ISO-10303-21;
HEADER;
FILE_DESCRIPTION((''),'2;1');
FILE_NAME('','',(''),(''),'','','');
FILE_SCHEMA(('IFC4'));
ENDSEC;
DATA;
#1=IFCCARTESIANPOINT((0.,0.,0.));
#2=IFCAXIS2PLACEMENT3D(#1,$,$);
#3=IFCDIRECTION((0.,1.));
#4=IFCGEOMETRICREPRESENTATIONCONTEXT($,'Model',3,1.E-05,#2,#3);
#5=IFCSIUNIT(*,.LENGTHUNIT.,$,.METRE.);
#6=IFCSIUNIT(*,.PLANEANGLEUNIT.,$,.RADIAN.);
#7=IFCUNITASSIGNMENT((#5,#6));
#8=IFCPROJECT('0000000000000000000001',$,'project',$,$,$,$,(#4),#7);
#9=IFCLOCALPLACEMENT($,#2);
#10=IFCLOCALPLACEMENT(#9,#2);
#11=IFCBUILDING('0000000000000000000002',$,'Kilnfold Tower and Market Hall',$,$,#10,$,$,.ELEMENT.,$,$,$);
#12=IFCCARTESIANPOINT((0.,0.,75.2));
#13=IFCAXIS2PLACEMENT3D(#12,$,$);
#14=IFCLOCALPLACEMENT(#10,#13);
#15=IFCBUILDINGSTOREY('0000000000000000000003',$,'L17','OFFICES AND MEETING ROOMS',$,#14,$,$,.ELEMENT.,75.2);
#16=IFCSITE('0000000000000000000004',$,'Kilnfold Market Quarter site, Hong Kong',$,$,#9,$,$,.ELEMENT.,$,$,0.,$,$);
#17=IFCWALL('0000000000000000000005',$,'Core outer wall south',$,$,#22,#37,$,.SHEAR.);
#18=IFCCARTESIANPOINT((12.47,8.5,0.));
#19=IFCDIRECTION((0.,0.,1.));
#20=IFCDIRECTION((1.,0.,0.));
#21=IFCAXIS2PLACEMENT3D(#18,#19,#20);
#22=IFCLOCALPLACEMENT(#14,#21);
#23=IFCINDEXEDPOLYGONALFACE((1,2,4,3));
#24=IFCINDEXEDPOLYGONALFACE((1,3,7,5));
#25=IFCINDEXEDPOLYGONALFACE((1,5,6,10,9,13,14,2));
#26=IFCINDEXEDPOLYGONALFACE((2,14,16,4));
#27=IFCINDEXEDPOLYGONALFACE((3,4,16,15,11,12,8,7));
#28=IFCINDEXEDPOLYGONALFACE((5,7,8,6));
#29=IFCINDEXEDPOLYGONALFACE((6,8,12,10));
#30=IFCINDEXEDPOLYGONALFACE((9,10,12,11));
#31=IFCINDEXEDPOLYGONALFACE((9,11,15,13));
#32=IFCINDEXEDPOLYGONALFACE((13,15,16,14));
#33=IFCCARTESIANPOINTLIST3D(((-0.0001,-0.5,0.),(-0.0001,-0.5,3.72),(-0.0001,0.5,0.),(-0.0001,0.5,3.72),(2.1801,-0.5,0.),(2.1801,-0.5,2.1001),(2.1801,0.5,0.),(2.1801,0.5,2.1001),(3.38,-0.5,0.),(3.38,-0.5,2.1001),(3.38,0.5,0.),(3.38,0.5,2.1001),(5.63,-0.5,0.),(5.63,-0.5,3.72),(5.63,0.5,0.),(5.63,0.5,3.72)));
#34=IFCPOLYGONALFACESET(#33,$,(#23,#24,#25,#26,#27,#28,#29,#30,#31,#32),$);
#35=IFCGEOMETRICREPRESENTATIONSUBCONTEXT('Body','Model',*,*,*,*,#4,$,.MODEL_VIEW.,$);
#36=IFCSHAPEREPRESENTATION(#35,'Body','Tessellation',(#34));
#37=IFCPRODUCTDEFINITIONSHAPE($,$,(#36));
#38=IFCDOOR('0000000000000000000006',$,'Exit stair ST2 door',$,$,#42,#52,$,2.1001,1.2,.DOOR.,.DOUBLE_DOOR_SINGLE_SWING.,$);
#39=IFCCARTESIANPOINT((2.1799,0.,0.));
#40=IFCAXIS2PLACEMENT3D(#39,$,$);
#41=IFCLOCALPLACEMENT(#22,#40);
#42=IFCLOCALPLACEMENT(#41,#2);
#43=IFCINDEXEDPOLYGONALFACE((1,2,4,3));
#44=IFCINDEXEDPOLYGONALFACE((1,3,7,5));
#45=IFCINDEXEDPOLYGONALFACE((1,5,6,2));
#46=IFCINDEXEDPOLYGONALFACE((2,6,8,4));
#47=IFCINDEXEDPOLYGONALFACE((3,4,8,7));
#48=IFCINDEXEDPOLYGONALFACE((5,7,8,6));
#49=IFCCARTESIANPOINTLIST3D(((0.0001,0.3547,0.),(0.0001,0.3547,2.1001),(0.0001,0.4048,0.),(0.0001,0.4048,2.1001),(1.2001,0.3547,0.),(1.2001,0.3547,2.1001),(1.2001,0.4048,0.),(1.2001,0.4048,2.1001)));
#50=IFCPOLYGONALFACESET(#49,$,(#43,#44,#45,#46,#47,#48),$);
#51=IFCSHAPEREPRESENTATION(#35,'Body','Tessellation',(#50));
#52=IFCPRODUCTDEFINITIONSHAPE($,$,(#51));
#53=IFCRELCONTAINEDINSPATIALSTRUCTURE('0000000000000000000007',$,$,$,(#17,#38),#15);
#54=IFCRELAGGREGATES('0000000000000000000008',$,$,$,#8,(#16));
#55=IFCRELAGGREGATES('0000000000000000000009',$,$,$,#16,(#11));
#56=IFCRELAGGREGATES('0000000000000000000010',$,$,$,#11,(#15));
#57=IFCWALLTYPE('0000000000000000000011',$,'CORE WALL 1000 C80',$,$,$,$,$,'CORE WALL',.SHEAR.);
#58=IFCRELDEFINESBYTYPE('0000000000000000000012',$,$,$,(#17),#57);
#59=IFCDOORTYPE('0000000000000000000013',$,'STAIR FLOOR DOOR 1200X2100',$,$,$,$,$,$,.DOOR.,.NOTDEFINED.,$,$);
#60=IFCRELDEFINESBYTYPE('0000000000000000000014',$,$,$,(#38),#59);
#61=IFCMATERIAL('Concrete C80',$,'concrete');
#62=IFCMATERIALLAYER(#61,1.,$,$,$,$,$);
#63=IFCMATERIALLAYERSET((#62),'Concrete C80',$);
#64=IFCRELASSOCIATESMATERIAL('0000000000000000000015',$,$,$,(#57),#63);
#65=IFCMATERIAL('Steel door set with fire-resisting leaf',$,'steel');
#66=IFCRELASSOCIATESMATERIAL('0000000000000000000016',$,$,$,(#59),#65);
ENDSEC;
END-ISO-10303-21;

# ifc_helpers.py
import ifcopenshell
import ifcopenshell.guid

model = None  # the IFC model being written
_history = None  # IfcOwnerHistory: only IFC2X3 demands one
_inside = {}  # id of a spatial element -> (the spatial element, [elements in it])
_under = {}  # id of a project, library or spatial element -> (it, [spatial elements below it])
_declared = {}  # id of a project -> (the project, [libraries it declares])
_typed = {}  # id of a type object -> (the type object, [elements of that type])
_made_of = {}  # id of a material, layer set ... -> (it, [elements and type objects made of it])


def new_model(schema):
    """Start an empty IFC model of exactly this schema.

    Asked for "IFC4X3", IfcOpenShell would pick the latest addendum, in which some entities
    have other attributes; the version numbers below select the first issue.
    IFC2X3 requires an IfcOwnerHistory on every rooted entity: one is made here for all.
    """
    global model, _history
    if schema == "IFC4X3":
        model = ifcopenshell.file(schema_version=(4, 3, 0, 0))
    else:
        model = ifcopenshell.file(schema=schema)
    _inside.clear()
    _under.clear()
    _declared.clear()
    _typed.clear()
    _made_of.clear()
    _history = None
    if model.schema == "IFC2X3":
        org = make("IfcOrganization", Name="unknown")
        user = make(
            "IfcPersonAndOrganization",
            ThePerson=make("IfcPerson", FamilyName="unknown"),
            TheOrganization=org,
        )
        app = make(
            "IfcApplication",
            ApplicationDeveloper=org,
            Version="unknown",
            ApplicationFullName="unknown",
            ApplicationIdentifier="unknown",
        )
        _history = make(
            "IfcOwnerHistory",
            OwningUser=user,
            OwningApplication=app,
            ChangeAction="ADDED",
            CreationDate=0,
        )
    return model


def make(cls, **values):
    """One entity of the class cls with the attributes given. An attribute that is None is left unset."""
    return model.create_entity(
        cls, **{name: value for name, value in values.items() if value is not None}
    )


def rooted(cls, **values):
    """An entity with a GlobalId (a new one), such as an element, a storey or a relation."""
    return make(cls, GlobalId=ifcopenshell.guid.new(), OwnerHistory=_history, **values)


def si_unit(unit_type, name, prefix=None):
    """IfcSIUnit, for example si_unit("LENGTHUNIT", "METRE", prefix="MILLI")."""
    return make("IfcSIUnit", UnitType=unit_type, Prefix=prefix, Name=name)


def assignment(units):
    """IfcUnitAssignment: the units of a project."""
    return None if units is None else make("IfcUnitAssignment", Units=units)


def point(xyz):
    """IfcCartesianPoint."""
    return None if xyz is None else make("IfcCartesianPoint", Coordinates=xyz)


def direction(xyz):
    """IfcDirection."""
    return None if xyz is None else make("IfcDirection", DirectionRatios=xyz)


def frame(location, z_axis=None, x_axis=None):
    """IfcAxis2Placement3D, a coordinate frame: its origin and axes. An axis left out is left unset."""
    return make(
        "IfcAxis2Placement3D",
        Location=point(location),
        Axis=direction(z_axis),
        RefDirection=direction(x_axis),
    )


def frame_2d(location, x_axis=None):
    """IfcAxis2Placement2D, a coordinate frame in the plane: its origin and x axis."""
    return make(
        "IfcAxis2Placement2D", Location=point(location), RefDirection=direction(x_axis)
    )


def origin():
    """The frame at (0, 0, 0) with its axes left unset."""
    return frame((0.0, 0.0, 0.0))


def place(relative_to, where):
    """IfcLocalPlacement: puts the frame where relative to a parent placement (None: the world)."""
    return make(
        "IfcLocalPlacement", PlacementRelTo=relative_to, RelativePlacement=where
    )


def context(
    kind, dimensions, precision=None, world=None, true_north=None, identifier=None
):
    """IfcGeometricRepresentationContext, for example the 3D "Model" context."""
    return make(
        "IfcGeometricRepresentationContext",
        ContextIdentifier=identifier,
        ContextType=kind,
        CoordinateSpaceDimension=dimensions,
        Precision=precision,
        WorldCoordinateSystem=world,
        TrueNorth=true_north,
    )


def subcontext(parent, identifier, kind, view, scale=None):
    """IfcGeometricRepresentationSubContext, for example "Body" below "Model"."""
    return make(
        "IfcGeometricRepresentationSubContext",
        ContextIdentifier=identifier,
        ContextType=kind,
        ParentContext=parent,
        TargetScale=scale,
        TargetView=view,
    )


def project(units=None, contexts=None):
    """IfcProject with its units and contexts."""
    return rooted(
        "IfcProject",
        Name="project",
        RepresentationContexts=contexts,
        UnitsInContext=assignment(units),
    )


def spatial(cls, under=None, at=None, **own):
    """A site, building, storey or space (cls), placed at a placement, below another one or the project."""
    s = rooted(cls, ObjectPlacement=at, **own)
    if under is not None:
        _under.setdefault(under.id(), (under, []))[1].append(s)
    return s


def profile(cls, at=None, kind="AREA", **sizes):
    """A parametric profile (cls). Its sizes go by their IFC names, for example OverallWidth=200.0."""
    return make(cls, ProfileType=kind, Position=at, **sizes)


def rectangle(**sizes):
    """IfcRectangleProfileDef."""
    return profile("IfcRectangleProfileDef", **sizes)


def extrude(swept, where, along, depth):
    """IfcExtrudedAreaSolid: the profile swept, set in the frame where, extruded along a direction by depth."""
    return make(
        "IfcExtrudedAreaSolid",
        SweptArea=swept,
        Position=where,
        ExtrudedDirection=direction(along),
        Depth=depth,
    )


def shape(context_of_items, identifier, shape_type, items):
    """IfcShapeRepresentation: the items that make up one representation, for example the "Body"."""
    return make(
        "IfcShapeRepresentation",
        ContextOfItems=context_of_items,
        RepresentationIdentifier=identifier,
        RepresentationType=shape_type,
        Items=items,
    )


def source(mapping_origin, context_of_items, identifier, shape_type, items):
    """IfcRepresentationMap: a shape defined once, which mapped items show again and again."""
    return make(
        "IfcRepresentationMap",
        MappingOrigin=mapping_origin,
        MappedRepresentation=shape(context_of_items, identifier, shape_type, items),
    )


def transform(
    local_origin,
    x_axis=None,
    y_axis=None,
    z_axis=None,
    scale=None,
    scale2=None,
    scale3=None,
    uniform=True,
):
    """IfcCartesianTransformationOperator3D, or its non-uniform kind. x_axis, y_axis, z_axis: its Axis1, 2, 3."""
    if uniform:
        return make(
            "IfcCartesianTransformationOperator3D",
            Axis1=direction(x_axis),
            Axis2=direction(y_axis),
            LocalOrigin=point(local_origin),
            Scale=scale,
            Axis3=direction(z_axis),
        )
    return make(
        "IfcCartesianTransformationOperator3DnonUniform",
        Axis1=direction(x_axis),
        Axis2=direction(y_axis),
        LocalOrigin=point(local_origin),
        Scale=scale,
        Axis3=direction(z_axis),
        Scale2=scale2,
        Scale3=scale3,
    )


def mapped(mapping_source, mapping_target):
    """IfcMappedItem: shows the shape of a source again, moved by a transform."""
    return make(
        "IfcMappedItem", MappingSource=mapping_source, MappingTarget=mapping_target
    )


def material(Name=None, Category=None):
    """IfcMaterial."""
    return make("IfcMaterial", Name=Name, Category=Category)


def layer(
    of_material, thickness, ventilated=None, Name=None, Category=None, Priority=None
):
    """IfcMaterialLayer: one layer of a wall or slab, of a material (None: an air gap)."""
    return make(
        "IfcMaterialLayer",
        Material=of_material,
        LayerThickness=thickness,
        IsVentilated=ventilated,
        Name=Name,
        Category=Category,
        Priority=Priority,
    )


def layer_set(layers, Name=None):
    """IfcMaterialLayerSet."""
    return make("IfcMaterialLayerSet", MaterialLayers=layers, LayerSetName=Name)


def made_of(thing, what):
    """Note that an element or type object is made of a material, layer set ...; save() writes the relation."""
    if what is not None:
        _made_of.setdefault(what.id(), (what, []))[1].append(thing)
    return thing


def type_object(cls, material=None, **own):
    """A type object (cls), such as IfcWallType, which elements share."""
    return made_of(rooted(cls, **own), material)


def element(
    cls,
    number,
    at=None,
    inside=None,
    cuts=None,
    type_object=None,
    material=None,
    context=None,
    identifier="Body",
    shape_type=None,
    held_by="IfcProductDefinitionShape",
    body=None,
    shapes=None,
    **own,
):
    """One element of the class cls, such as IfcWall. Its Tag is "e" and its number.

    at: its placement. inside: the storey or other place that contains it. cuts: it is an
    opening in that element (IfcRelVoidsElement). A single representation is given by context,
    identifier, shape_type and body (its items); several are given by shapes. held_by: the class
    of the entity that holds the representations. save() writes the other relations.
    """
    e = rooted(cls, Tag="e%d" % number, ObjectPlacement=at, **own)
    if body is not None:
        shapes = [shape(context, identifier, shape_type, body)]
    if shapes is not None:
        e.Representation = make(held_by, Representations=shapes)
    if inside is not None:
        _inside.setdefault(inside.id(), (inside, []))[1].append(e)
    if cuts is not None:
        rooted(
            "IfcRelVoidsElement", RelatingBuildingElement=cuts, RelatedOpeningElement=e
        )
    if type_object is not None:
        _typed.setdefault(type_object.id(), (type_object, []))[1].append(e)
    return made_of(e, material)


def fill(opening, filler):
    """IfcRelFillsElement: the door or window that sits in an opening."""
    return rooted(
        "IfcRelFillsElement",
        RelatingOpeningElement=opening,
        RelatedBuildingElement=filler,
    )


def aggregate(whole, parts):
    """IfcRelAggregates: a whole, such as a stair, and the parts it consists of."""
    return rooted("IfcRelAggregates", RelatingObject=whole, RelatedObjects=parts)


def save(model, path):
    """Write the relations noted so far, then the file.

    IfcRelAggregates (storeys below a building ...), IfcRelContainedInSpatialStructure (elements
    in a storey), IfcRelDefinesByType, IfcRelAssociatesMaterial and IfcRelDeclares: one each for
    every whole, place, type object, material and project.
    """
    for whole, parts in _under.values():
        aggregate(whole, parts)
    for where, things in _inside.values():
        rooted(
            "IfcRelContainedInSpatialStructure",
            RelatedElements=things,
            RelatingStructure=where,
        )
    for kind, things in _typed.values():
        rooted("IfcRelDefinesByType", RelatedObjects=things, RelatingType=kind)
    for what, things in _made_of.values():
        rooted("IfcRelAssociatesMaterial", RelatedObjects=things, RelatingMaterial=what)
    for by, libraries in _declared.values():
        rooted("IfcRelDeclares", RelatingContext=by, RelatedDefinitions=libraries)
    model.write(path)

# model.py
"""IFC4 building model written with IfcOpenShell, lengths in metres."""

from ifc_helpers import new_model, si_unit, direction, frame, frame_2d, origin, place, context, subcontext, project, spatial, rectangle, extrude, source, transform, mapped, material, layer, layer_set, type_object, element, fill, save


model = new_model("IFC4")

# Units and contexts
model_context = context("Model", 3, precision=1e-05, world=origin(), true_north=direction((0.0, 1.0)))
body_context = subcontext(model_context, "Body", "Model", "MODEL_VIEW")
ifc_project = project(units=[si_unit("LENGTHUNIT", "METRE"), si_unit("PLANEANGLEUNIT", "RADIAN")], contexts=[model_context])

# Site, building, storey
site_placement = place(None, origin())
site = spatial("IfcSite", under=ifc_project, at=site_placement, Name="Kilnfold Market Quarter site, Hong Kong", CompositionType="ELEMENT", RefElevation=0.0)
building_placement = place(site_placement, origin())
building = spatial("IfcBuilding", under=site, at=building_placement, Name="Kilnfold Tower and Market Hall", CompositionType="ELEMENT")
storey_placement = place(building_placement, frame((0.0, 0.0, 75.2)))
storey = spatial("IfcBuildingStorey", under=building, at=storey_placement, Name="L17", Description="OFFICES AND MEETING ROOMS", CompositionType="ELEMENT", Elevation=75.2)

# Shared definitions
ifc_material_1 = material(Name="Concrete C80", Category="concrete")
ifc_layer_1 = layer(ifc_material_1, 1.0)
ifc_layer_set_1 = layer_set([ifc_layer_1], Name="Concrete C80")
wall_type_1 = type_object("IfcWallType", Name="CORE WALL 1000 C80", ElementType="CORE WALL", PredefinedType="SHEAR", material=ifc_layer_set_1)

# Wall, opening, door
shared_shape_1 = source(origin(), body_context, "Body", "SweptSolid", [
    extrude(rectangle(XDim=5.6301, YDim=1.0, at=frame_2d((2.8149, 0.0))), origin(), (0.0, 0.0, 1.0), 3.72),
])
wall_1_placement = place(storey_placement, frame((12.47, 8.5, 0.0), z_axis=(0.0, 0.0, 1.0), x_axis=(1.0, 0.0, 0.0)))
wall_1 = element("IfcWall", 1, at=wall_1_placement, inside=storey, type_object=wall_type_1, Name="Core outer wall south", PredefinedType="SHEAR", context=body_context, shape_type="MappedRepresentation", body=[
    mapped(shared_shape_1, transform((0.0, 0.0, 0.0))),
])
opening_1_placement = place(wall_1_placement, frame((2.1799, 0.0, 0.0)))
opening_1 = element("IfcOpeningElement", 2, at=opening_1_placement, cuts=wall_1, PredefinedType="OPENING", context=body_context, shape_type="SweptSolid", body=[
    extrude(rectangle(XDim=1.2, YDim=2.1001, at=frame_2d((0.6001, 1.05))), frame((0.0, 0.51, 0.0), z_axis=(0.0, -1.0, 0.0), x_axis=(1.0, 0.0, 0.0)), (0.0, 0.0, 1.0), 1.02),
])
ifc_material_2 = material(Name="Steel door set with fire-resisting leaf", Category="steel")
door_type_1 = type_object("IfcDoorType", Name="STAIR FLOOR DOOR 1200X2100", OperationType="NOTDEFINED", PredefinedType="DOOR", material=ifc_material_2)
door_1_placement = place(opening_1_placement, origin())
door_1 = element("IfcDoor", 3, at=door_1_placement, inside=storey, type_object=door_type_1, Name="Exit stair ST2 door", OperationType="DOUBLE_DOOR_SINGLE_SWING", OverallHeight=2.1001, OverallWidth=1.2, PredefinedType="DOOR", context=body_context, shape_type="SweptSolid", body=[
    extrude(rectangle(XDim=1.2, YDim=2.1001, at=frame_2d((0.6001, 1.05))), frame((0.0, 0.4048, 0.0), z_axis=(0.0, -1.0, 0.0), x_axis=(1.0, 0.0, 0.0)), (0.0, 0.0, 1.0), 0.05),
])
fill(opening_1, door_1)

save(model, "model.ifc")
